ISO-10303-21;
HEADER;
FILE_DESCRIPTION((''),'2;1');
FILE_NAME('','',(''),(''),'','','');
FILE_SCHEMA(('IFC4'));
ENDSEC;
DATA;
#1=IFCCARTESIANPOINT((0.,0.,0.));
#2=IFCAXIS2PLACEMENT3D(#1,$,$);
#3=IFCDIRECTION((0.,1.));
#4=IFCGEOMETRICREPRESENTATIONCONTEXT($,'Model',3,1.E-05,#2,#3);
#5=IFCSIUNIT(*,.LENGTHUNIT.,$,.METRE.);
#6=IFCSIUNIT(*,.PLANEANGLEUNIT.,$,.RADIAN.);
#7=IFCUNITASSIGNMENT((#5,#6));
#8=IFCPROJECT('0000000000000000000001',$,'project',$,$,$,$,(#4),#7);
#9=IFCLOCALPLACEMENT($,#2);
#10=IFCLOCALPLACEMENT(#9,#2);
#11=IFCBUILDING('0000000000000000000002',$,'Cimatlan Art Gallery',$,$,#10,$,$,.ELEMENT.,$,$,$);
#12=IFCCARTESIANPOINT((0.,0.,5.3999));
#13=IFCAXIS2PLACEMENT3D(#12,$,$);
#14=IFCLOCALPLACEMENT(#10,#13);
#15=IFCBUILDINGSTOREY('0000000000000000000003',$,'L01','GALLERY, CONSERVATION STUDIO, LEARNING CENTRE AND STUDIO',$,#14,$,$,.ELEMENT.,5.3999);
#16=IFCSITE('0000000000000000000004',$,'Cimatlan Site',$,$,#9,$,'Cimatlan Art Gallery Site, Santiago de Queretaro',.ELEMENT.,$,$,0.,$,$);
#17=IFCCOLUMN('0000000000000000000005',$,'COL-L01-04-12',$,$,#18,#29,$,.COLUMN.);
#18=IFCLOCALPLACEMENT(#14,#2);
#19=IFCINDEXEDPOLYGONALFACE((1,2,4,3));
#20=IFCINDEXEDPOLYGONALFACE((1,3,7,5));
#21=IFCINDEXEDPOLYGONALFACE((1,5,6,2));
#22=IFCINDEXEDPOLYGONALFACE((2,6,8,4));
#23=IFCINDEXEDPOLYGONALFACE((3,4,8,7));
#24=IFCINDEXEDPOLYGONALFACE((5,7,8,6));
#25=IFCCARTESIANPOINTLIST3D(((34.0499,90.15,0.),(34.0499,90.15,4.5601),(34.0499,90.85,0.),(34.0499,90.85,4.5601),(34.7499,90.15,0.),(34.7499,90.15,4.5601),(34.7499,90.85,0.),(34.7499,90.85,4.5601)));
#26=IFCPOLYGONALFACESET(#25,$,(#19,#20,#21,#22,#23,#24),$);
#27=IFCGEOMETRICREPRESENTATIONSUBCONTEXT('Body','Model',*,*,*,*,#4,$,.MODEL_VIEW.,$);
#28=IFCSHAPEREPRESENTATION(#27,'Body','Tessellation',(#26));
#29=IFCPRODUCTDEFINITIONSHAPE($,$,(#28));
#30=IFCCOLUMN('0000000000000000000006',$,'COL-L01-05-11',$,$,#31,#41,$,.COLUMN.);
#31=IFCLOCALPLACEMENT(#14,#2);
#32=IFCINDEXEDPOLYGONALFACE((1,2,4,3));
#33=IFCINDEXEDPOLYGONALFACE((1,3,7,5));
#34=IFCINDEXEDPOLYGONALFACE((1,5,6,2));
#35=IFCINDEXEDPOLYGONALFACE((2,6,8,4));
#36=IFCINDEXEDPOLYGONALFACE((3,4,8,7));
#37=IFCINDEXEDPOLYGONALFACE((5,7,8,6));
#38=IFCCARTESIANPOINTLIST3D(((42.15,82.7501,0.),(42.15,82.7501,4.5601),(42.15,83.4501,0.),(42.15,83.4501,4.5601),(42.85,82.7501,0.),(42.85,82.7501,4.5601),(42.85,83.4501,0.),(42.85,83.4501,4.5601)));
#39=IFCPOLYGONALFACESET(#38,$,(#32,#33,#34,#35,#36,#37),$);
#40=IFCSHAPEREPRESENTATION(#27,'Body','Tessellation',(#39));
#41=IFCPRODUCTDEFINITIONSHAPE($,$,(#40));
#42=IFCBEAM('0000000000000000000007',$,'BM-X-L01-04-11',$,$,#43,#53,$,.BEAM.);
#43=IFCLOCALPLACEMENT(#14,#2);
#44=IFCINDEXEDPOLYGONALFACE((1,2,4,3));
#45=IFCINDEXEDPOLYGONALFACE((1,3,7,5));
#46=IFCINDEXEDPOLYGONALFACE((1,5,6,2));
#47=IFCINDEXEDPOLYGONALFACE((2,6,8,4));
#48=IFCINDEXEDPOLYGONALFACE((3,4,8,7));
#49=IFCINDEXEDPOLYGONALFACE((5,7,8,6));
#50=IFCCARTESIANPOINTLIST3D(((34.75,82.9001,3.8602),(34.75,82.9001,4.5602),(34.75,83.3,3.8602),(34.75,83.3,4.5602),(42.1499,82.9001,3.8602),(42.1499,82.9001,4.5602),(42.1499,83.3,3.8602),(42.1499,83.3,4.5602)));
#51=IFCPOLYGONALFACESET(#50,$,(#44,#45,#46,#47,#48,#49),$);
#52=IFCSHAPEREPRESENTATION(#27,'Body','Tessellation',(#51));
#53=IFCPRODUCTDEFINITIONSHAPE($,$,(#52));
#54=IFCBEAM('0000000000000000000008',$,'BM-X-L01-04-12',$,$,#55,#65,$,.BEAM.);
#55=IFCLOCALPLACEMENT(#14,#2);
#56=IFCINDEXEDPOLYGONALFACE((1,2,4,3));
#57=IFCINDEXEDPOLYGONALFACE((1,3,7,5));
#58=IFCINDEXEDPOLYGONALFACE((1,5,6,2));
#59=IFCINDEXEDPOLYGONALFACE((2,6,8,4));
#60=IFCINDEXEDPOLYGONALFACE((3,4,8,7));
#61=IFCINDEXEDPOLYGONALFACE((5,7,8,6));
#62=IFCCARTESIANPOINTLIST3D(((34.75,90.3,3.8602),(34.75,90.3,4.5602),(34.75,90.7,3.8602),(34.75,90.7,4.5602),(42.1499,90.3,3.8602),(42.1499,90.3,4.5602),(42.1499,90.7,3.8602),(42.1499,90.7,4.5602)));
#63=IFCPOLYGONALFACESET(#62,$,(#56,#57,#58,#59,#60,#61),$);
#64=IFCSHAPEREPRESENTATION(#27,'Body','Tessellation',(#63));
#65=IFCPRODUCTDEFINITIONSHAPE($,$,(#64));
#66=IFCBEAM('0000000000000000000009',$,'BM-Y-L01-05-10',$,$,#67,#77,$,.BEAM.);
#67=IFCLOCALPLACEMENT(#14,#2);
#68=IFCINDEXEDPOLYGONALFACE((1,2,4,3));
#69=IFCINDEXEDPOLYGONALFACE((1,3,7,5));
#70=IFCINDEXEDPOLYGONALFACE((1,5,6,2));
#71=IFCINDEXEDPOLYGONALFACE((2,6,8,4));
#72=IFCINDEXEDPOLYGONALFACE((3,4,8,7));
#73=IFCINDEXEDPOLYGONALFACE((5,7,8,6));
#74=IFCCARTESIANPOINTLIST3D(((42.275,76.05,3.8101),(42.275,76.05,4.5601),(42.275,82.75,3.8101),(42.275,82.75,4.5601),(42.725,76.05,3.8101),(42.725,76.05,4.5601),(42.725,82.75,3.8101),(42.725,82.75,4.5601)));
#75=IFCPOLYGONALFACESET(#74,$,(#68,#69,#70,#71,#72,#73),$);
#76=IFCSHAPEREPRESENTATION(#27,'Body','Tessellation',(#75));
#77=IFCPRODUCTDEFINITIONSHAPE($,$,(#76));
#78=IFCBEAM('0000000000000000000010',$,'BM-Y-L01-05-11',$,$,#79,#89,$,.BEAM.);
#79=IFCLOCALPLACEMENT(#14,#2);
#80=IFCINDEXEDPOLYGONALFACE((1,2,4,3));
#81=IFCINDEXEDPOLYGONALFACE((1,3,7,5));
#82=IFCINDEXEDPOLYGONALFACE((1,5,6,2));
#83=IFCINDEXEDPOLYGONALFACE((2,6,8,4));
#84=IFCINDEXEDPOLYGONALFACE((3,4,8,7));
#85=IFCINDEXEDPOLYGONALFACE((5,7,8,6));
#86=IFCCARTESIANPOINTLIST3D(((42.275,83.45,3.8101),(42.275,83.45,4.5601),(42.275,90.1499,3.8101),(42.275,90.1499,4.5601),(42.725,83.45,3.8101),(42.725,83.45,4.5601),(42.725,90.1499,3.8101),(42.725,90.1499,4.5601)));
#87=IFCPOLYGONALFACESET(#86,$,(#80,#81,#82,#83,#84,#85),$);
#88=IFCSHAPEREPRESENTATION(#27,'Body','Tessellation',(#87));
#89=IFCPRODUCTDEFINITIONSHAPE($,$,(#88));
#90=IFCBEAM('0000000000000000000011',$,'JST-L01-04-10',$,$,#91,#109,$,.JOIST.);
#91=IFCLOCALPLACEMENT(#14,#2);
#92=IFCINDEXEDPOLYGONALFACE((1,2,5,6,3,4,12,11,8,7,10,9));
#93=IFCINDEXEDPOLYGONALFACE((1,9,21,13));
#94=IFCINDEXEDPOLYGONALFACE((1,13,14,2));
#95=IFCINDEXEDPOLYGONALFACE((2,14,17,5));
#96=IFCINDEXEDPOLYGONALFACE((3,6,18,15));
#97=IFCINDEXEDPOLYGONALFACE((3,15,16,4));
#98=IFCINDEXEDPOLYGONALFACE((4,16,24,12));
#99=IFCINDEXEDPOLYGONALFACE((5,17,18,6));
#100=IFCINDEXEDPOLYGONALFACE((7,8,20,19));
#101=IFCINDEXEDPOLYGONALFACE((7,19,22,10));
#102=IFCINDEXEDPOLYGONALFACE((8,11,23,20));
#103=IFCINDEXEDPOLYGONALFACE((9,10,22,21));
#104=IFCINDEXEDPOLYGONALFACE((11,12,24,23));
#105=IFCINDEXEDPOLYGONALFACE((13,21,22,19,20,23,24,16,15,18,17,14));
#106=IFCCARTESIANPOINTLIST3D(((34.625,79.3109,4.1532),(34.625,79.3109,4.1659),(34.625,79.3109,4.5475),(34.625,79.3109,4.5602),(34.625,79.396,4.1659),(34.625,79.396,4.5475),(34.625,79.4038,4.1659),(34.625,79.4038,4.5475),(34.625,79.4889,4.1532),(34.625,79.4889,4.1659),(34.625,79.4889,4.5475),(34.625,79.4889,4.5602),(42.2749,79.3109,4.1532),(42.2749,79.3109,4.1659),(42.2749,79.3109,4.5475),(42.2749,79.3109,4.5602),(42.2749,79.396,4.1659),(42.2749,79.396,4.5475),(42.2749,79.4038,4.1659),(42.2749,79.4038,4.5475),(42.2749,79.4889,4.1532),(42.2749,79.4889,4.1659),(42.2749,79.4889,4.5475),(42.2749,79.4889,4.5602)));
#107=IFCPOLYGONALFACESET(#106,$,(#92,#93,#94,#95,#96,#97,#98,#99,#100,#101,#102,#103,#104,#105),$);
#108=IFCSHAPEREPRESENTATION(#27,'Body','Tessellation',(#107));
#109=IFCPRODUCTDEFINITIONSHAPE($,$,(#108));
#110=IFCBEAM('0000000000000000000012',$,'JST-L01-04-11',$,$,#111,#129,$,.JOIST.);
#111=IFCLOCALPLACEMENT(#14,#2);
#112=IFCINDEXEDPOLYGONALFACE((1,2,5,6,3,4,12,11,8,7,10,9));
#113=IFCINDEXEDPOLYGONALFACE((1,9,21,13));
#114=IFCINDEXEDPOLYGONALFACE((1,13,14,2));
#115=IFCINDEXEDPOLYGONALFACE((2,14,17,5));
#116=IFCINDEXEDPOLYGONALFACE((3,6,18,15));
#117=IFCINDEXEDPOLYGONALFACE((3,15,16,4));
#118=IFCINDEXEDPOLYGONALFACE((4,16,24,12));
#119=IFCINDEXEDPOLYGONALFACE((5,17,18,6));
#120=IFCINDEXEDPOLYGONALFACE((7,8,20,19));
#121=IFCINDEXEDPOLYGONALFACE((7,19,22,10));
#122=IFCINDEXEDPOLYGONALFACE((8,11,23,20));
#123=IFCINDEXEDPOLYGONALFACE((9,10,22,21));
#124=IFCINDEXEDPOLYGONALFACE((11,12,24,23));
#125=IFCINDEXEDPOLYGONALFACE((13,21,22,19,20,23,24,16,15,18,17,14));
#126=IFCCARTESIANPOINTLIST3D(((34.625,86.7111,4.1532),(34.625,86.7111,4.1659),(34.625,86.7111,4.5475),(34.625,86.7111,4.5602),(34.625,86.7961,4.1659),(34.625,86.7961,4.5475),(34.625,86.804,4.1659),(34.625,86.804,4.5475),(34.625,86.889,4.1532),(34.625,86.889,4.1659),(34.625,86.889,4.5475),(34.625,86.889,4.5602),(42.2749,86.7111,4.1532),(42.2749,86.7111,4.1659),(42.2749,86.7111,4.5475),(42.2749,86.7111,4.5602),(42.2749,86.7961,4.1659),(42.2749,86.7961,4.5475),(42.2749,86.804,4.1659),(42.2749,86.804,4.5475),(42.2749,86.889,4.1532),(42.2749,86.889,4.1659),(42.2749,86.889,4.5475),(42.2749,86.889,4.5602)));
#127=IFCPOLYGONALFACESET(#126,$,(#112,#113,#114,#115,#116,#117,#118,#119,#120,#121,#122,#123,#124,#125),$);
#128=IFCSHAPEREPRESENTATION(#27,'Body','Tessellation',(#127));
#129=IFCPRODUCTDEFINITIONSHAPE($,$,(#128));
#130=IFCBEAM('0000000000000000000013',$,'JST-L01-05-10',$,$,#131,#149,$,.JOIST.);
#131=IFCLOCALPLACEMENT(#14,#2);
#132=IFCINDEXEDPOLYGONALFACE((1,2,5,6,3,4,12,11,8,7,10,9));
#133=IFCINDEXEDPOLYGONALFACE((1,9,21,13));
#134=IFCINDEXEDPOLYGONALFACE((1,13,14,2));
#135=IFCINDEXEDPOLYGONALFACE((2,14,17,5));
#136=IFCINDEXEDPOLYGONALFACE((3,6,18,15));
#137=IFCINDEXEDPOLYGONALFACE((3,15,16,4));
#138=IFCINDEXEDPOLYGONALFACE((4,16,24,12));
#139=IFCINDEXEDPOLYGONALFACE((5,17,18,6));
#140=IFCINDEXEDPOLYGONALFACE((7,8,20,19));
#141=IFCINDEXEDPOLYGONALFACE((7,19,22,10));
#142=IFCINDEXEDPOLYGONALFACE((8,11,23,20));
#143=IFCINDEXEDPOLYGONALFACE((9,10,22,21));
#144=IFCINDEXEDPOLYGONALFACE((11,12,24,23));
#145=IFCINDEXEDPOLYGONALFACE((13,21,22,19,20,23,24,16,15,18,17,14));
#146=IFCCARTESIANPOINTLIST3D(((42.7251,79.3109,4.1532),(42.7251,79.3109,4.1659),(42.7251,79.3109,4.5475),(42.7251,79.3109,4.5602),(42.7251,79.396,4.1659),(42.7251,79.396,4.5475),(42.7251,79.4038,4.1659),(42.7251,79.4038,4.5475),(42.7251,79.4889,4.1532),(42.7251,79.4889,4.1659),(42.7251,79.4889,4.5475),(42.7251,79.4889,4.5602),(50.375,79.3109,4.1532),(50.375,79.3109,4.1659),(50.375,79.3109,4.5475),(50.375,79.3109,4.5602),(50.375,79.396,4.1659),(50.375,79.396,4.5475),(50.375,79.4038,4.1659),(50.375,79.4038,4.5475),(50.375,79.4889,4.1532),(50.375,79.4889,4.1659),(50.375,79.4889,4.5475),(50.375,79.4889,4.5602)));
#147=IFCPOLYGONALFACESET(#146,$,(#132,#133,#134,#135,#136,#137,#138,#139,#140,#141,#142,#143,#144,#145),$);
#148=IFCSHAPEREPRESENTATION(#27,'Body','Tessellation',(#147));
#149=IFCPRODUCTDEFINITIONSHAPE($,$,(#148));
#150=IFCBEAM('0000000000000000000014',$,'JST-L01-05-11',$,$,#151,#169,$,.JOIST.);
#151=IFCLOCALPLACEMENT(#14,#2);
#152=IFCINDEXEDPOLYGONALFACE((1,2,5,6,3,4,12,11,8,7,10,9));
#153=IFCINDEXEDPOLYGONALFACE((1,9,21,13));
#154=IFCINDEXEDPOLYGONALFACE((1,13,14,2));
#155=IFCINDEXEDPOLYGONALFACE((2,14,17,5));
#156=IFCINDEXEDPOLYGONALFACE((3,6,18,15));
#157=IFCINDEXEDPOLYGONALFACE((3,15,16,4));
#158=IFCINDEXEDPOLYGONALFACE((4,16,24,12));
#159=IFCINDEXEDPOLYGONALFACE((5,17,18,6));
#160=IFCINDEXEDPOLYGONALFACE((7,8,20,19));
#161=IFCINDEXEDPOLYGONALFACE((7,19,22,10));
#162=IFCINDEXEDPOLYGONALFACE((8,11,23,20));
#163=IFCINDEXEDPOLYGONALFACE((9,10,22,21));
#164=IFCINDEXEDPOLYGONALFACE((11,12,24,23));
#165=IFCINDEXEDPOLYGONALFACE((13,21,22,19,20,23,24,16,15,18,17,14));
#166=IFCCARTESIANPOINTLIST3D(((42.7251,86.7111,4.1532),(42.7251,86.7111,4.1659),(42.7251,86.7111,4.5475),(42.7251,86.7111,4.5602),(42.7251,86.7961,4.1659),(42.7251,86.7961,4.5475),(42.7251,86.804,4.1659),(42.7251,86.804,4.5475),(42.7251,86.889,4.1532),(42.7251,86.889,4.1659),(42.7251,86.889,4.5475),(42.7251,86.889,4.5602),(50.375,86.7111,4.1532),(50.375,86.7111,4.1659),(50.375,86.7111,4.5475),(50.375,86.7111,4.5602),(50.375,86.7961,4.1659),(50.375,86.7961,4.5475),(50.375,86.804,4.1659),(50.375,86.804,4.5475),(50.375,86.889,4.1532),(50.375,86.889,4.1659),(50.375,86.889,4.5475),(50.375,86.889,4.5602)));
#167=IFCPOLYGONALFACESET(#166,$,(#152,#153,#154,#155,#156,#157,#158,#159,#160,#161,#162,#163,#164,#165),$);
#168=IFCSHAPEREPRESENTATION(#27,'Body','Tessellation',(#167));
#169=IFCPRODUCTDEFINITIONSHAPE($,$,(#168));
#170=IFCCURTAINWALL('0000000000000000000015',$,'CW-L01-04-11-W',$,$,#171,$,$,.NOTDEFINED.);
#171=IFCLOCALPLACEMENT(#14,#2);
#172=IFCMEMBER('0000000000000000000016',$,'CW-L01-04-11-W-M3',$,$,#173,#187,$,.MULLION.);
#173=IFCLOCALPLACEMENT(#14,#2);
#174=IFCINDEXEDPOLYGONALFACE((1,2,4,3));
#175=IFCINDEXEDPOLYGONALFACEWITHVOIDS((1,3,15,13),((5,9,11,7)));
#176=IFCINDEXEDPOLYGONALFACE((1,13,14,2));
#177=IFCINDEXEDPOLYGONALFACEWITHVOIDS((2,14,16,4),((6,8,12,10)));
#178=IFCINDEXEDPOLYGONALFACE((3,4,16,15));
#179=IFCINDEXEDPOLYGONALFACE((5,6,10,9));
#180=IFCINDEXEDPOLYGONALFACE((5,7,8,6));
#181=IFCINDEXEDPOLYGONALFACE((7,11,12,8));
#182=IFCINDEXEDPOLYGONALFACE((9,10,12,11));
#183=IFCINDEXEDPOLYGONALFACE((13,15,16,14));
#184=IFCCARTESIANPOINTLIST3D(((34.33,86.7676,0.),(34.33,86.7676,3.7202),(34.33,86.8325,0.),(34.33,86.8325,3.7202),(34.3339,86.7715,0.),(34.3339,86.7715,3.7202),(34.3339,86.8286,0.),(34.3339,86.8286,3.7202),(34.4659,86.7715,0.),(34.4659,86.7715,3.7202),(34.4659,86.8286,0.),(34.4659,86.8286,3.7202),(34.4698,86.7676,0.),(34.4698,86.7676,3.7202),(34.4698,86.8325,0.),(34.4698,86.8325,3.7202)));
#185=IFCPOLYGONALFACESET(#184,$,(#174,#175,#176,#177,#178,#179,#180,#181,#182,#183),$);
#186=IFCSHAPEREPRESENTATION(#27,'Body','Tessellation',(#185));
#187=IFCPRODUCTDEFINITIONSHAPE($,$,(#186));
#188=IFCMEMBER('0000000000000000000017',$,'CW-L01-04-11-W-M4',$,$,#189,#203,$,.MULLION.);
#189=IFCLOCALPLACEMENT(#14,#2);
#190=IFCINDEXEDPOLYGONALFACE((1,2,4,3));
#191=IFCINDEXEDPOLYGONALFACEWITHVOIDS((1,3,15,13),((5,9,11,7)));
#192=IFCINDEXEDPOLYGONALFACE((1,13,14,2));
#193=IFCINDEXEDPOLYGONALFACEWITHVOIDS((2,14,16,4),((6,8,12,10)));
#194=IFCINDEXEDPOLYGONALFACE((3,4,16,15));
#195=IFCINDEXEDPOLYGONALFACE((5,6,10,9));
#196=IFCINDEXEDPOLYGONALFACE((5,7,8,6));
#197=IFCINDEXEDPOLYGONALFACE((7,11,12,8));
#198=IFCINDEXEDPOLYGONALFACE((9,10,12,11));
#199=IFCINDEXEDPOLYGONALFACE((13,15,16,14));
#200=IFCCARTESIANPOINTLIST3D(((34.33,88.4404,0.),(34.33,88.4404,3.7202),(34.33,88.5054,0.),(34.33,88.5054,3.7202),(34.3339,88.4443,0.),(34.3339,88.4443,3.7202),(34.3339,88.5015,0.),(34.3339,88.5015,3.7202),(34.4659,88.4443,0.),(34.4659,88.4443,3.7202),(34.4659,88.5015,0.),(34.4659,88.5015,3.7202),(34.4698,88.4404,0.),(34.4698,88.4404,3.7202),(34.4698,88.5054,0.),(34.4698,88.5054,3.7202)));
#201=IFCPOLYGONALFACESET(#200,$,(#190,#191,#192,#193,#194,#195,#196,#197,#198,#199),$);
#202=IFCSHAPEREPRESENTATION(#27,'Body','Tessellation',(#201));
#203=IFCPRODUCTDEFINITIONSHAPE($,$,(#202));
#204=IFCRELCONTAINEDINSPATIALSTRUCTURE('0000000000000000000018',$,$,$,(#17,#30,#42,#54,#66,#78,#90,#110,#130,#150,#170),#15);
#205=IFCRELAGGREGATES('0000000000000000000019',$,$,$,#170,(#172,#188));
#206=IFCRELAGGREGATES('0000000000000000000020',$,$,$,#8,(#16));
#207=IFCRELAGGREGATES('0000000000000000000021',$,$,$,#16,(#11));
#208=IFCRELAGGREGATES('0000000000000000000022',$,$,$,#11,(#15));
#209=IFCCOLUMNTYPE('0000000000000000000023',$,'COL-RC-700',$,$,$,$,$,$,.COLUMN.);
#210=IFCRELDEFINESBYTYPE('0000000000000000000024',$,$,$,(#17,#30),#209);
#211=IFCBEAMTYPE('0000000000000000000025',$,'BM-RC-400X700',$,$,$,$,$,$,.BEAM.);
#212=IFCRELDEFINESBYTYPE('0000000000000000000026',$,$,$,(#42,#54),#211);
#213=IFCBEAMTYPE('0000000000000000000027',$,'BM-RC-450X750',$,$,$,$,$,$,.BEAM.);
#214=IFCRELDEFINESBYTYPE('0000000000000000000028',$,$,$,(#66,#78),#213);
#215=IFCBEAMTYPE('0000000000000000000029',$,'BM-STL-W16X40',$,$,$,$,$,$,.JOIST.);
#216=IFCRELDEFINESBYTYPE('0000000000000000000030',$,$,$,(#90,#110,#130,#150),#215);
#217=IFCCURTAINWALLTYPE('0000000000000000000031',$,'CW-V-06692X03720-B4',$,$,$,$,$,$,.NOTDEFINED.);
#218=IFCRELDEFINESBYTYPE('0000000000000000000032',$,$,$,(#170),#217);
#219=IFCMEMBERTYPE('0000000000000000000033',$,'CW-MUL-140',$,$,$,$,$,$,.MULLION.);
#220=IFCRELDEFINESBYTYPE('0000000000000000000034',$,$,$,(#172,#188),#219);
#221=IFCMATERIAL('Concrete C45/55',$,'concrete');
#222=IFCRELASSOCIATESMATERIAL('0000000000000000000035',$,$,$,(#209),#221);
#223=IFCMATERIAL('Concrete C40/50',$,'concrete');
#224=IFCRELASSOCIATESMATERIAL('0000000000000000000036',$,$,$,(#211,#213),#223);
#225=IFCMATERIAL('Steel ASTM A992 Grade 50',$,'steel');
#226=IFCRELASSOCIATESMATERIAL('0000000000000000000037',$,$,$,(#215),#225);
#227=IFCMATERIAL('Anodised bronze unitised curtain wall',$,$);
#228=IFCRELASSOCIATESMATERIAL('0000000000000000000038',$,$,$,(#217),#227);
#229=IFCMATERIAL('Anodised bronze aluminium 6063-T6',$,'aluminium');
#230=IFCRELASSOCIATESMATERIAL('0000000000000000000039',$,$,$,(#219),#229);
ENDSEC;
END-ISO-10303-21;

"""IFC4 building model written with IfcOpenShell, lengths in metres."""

from ifc_helpers import new_model, si_unit, direction, frame, origin, origin_2d, place, context, subcontext, project, spatial, rectangle, hollow_rectangle, i_section, extrude, material, material_profile, profile_set, type_object, element, aggregate, save


model = new_model("IFC4")

# Units and contexts
model_context = context("Model", 3, precision=1e-05, world=origin(), true_north=direction((0.0, 1.0)))
body_context = subcontext(model_context, "Body", "Model", "MODEL_VIEW")
ifc_project = project(units=[si_unit("LENGTHUNIT", "METRE"), si_unit("PLANEANGLEUNIT", "RADIAN")], contexts=[model_context])

# Site, building, storey
site_placement = place(None, origin())
site = spatial("IfcSite", under=ifc_project, at=site_placement, Name="Cimatlan Site", LongName="Cimatlan Art Gallery Site, Santiago de Queretaro", CompositionType="ELEMENT", RefElevation=0.0)
building_placement = place(site_placement, origin())
building = spatial("IfcBuilding", under=site, at=building_placement, Name="Cimatlan Art Gallery", CompositionType="ELEMENT")
storey_placement = place(building_placement, frame((0.0, 0.0, 5.3999)))
storey = spatial("IfcBuildingStorey", under=building, at=storey_placement, Name="L01", Description="GALLERY, CONSERVATION STUDIO, LEARNING CENTRE AND STUDIO", CompositionType="ELEMENT", Elevation=5.3999)

# Columns
ifc_material_1 = material(Name="Concrete C45/55", Category="concrete")
ifc_material_profile_1 = material_profile(ifc_material_1, rectangle(XDim=0.7, YDim=0.7, at=origin_2d()), Name="RC700X700")
ifc_profile_set_1 = profile_set([ifc_material_profile_1], Name="Concrete C45/55")
column_type = type_object("IfcColumnType", Name="COL-RC-700", PredefinedType="COLUMN", material=ifc_profile_set_1)
for number, where, z_axis, x_axis, name in (
    (1, (34.3999, 90.5, 0.0), (0.0, 0.0, 1.0), (1.0, 0.0, 0.0), "COL-L01-04-12"),
    (2, (42.5, 83.1001, 0.0), (0.0, 0.0, 1.0), (1.0, 0.0, 0.0), "COL-L01-05-11"),
):
    element("IfcColumn", number, at=place(storey_placement, frame(where, z_axis=z_axis, x_axis=x_axis)), inside=storey, type_object=column_type, Name=name, PredefinedType="COLUMN", context=body_context, shape_type="SweptSolid", body=[
        extrude(rectangle(XDim=0.7, YDim=0.7, at=origin_2d()), origin(), (0.0, 0.0, 1.0), 4.5601),
    ])

# Beams
ifc_material_2 = material(Name="Concrete C40/50", Category="concrete")
ifc_material_profile_2 = material_profile(ifc_material_2, rectangle(XDim=0.3999, YDim=0.7, at=origin_2d()), Name="RC400X700")
ifc_profile_set_2 = profile_set([ifc_material_profile_2], Name="Concrete C40/50")
beam_type_1 = type_object("IfcBeamType", Name="BM-RC-400X700", PredefinedType="BEAM", material=ifc_profile_set_2)
for number, where, z_axis, x_axis, name in (
    (3, (34.75, 83.1001, 4.2102), (1.0, 0.0, 0.0), (0.0, 1.0, 0.0), "BM-X-L01-04-11"),
    (4, (34.75, 90.5, 4.2102), (1.0, 0.0, 0.0), (0.0, 1.0, 0.0), "BM-X-L01-04-12"),
):
    element("IfcBeam", number, at=place(storey_placement, frame(where, z_axis=z_axis, x_axis=x_axis)), inside=storey, type_object=beam_type_1, Name=name, PredefinedType="BEAM", context=body_context, shape_type="SweptSolid", body=[
        extrude(rectangle(XDim=0.3999, YDim=0.7, at=origin_2d()), origin(), (0.0, 0.0, 1.0), 7.3999),
    ])
ifc_material_profile_3 = material_profile(ifc_material_2, rectangle(XDim=0.45, YDim=0.75, at=origin_2d()), Name="RC450X750")
ifc_profile_set_3 = profile_set([ifc_material_profile_3], Name="Concrete C40/50")
beam_type_2 = type_object("IfcBeamType", Name="BM-RC-450X750", PredefinedType="BEAM", material=ifc_profile_set_3)
for number, where, z_axis, x_axis, name in (
    (5, (42.5, 76.05, 4.1851), (0.0, 1.0, 0.0), (-1.0, 0.0, 0.0), "BM-Y-L01-05-10"),
    (6, (42.5, 83.45, 4.1851), (0.0, 1.0, 0.0), (-1.0, 0.0, 0.0), "BM-Y-L01-05-11"),
):
    element("IfcBeam", number, at=place(storey_placement, frame(where, z_axis=z_axis, x_axis=x_axis)), inside=storey, type_object=beam_type_2, Name=name, PredefinedType="BEAM", context=body_context, shape_type="SweptSolid", body=[
        extrude(rectangle(XDim=0.45, YDim=0.75, at=origin_2d()), origin(), (0.0, 0.0, 1.0), 6.7),
    ])
ifc_material_3 = material(Name="Steel ASTM A992 Grade 50", Category="steel")
ifc_material_profile_4 = material_profile(ifc_material_3, i_section(OverallWidth=0.178, OverallDepth=0.407, WebThickness=0.0078, FlangeThickness=0.0127, at=origin_2d()), Name="W16X40")
ifc_profile_set_4 = profile_set([ifc_material_profile_4], Name="Steel ASTM A992 Grade 50")
beam_type_3 = type_object("IfcBeamType", Name="BM-STL-W16X40", PredefinedType="JOIST", material=ifc_profile_set_4)
for number, where, z_axis, x_axis, name in (
    (7, (34.625, 79.3999, 4.3567), (1.0, 0.0, 0.0), (0.0, 1.0, 0.0), "JST-L01-04-10"),
    (8, (34.625, 86.8, 4.3567), (1.0, 0.0, 0.0), (0.0, 1.0, 0.0), "JST-L01-04-11"),
    (9, (42.7251, 79.3999, 4.3567), (1.0, 0.0, 0.0), (0.0, 1.0, 0.0), "JST-L01-05-10"),
    (10, (42.7251, 86.8, 4.3567), (1.0, 0.0, 0.0), (0.0, 1.0, 0.0), "JST-L01-05-11"),
):
    element("IfcBeam", number, at=place(storey_placement, frame(where, z_axis=z_axis, x_axis=x_axis)), inside=storey, type_object=beam_type_3, Name=name, PredefinedType="JOIST", context=body_context, shape_type="SweptSolid", body=[
        extrude(i_section(OverallWidth=0.178, OverallDepth=0.407, WebThickness=0.0078, FlangeThickness=0.0127, at=origin_2d()), origin(), (0.0, 0.0, 1.0), 7.6499),
    ])

# Curtain wall, members
ifc_material_4 = material(Name="Anodised bronze unitised curtain wall")
curtain_wall_type = type_object("IfcCurtainWallType", Name="CW-V-06692X03720-B4", PredefinedType="NOTDEFINED", material=ifc_material_4)
curtain_wall_placement = place(storey_placement, origin())
curtain_wall = element("IfcCurtainWall", 11, at=curtain_wall_placement, inside=storey, type_object=curtain_wall_type, Name="CW-L01-04-11-W", PredefinedType="NOTDEFINED")
ifc_material_5 = material(Name="Anodised bronze aluminium 6063-T6", Category="aluminium")
ifc_material_profile_5 = material_profile(ifc_material_5, hollow_rectangle(XDim=0.0649, YDim=0.1399, WallThickness=0.0039, at=origin_2d()), Name="ALU65X140X4")
ifc_profile_set_5 = profile_set([ifc_material_profile_5], Name="Anodised bronze aluminium 6063-T6")
member_type = type_object("IfcMemberType", Name="CW-MUL-140", PredefinedType="MULLION", material=ifc_profile_set_5)
member_1_placement = place(storey_placement, frame((34.3999, 86.8, 0.0), z_axis=(0.0, 0.0, 1.0), x_axis=(0.0, 1.0, 0.0)))
member_1 = element("IfcMember", 12, at=member_1_placement, type_object=member_type, Name="CW-L01-04-11-W-M3", PredefinedType="MULLION", context=body_context, shape_type="SweptSolid", body=[
    extrude(hollow_rectangle(XDim=0.0649, YDim=0.1399, WallThickness=0.0039, at=origin_2d()), origin(), (0.0, 0.0, 1.0), 3.7202),
])
member_2_placement = place(storey_placement, frame((34.3999, 88.4729, 0.0), z_axis=(0.0, 0.0, 1.0), x_axis=(0.0, 1.0, 0.0)))
member_2 = element("IfcMember", 13, at=member_2_placement, type_object=member_type, Name="CW-L01-04-11-W-M4", PredefinedType="MULLION", context=body_context, shape_type="SweptSolid", body=[
    extrude(hollow_rectangle(XDim=0.0649, YDim=0.1399, WallThickness=0.0039, at=origin_2d()), origin(), (0.0, 0.0, 1.0), 3.7202),
])
aggregate(curtain_wall, [member_1, member_2])

save(model, "model.ifc")
